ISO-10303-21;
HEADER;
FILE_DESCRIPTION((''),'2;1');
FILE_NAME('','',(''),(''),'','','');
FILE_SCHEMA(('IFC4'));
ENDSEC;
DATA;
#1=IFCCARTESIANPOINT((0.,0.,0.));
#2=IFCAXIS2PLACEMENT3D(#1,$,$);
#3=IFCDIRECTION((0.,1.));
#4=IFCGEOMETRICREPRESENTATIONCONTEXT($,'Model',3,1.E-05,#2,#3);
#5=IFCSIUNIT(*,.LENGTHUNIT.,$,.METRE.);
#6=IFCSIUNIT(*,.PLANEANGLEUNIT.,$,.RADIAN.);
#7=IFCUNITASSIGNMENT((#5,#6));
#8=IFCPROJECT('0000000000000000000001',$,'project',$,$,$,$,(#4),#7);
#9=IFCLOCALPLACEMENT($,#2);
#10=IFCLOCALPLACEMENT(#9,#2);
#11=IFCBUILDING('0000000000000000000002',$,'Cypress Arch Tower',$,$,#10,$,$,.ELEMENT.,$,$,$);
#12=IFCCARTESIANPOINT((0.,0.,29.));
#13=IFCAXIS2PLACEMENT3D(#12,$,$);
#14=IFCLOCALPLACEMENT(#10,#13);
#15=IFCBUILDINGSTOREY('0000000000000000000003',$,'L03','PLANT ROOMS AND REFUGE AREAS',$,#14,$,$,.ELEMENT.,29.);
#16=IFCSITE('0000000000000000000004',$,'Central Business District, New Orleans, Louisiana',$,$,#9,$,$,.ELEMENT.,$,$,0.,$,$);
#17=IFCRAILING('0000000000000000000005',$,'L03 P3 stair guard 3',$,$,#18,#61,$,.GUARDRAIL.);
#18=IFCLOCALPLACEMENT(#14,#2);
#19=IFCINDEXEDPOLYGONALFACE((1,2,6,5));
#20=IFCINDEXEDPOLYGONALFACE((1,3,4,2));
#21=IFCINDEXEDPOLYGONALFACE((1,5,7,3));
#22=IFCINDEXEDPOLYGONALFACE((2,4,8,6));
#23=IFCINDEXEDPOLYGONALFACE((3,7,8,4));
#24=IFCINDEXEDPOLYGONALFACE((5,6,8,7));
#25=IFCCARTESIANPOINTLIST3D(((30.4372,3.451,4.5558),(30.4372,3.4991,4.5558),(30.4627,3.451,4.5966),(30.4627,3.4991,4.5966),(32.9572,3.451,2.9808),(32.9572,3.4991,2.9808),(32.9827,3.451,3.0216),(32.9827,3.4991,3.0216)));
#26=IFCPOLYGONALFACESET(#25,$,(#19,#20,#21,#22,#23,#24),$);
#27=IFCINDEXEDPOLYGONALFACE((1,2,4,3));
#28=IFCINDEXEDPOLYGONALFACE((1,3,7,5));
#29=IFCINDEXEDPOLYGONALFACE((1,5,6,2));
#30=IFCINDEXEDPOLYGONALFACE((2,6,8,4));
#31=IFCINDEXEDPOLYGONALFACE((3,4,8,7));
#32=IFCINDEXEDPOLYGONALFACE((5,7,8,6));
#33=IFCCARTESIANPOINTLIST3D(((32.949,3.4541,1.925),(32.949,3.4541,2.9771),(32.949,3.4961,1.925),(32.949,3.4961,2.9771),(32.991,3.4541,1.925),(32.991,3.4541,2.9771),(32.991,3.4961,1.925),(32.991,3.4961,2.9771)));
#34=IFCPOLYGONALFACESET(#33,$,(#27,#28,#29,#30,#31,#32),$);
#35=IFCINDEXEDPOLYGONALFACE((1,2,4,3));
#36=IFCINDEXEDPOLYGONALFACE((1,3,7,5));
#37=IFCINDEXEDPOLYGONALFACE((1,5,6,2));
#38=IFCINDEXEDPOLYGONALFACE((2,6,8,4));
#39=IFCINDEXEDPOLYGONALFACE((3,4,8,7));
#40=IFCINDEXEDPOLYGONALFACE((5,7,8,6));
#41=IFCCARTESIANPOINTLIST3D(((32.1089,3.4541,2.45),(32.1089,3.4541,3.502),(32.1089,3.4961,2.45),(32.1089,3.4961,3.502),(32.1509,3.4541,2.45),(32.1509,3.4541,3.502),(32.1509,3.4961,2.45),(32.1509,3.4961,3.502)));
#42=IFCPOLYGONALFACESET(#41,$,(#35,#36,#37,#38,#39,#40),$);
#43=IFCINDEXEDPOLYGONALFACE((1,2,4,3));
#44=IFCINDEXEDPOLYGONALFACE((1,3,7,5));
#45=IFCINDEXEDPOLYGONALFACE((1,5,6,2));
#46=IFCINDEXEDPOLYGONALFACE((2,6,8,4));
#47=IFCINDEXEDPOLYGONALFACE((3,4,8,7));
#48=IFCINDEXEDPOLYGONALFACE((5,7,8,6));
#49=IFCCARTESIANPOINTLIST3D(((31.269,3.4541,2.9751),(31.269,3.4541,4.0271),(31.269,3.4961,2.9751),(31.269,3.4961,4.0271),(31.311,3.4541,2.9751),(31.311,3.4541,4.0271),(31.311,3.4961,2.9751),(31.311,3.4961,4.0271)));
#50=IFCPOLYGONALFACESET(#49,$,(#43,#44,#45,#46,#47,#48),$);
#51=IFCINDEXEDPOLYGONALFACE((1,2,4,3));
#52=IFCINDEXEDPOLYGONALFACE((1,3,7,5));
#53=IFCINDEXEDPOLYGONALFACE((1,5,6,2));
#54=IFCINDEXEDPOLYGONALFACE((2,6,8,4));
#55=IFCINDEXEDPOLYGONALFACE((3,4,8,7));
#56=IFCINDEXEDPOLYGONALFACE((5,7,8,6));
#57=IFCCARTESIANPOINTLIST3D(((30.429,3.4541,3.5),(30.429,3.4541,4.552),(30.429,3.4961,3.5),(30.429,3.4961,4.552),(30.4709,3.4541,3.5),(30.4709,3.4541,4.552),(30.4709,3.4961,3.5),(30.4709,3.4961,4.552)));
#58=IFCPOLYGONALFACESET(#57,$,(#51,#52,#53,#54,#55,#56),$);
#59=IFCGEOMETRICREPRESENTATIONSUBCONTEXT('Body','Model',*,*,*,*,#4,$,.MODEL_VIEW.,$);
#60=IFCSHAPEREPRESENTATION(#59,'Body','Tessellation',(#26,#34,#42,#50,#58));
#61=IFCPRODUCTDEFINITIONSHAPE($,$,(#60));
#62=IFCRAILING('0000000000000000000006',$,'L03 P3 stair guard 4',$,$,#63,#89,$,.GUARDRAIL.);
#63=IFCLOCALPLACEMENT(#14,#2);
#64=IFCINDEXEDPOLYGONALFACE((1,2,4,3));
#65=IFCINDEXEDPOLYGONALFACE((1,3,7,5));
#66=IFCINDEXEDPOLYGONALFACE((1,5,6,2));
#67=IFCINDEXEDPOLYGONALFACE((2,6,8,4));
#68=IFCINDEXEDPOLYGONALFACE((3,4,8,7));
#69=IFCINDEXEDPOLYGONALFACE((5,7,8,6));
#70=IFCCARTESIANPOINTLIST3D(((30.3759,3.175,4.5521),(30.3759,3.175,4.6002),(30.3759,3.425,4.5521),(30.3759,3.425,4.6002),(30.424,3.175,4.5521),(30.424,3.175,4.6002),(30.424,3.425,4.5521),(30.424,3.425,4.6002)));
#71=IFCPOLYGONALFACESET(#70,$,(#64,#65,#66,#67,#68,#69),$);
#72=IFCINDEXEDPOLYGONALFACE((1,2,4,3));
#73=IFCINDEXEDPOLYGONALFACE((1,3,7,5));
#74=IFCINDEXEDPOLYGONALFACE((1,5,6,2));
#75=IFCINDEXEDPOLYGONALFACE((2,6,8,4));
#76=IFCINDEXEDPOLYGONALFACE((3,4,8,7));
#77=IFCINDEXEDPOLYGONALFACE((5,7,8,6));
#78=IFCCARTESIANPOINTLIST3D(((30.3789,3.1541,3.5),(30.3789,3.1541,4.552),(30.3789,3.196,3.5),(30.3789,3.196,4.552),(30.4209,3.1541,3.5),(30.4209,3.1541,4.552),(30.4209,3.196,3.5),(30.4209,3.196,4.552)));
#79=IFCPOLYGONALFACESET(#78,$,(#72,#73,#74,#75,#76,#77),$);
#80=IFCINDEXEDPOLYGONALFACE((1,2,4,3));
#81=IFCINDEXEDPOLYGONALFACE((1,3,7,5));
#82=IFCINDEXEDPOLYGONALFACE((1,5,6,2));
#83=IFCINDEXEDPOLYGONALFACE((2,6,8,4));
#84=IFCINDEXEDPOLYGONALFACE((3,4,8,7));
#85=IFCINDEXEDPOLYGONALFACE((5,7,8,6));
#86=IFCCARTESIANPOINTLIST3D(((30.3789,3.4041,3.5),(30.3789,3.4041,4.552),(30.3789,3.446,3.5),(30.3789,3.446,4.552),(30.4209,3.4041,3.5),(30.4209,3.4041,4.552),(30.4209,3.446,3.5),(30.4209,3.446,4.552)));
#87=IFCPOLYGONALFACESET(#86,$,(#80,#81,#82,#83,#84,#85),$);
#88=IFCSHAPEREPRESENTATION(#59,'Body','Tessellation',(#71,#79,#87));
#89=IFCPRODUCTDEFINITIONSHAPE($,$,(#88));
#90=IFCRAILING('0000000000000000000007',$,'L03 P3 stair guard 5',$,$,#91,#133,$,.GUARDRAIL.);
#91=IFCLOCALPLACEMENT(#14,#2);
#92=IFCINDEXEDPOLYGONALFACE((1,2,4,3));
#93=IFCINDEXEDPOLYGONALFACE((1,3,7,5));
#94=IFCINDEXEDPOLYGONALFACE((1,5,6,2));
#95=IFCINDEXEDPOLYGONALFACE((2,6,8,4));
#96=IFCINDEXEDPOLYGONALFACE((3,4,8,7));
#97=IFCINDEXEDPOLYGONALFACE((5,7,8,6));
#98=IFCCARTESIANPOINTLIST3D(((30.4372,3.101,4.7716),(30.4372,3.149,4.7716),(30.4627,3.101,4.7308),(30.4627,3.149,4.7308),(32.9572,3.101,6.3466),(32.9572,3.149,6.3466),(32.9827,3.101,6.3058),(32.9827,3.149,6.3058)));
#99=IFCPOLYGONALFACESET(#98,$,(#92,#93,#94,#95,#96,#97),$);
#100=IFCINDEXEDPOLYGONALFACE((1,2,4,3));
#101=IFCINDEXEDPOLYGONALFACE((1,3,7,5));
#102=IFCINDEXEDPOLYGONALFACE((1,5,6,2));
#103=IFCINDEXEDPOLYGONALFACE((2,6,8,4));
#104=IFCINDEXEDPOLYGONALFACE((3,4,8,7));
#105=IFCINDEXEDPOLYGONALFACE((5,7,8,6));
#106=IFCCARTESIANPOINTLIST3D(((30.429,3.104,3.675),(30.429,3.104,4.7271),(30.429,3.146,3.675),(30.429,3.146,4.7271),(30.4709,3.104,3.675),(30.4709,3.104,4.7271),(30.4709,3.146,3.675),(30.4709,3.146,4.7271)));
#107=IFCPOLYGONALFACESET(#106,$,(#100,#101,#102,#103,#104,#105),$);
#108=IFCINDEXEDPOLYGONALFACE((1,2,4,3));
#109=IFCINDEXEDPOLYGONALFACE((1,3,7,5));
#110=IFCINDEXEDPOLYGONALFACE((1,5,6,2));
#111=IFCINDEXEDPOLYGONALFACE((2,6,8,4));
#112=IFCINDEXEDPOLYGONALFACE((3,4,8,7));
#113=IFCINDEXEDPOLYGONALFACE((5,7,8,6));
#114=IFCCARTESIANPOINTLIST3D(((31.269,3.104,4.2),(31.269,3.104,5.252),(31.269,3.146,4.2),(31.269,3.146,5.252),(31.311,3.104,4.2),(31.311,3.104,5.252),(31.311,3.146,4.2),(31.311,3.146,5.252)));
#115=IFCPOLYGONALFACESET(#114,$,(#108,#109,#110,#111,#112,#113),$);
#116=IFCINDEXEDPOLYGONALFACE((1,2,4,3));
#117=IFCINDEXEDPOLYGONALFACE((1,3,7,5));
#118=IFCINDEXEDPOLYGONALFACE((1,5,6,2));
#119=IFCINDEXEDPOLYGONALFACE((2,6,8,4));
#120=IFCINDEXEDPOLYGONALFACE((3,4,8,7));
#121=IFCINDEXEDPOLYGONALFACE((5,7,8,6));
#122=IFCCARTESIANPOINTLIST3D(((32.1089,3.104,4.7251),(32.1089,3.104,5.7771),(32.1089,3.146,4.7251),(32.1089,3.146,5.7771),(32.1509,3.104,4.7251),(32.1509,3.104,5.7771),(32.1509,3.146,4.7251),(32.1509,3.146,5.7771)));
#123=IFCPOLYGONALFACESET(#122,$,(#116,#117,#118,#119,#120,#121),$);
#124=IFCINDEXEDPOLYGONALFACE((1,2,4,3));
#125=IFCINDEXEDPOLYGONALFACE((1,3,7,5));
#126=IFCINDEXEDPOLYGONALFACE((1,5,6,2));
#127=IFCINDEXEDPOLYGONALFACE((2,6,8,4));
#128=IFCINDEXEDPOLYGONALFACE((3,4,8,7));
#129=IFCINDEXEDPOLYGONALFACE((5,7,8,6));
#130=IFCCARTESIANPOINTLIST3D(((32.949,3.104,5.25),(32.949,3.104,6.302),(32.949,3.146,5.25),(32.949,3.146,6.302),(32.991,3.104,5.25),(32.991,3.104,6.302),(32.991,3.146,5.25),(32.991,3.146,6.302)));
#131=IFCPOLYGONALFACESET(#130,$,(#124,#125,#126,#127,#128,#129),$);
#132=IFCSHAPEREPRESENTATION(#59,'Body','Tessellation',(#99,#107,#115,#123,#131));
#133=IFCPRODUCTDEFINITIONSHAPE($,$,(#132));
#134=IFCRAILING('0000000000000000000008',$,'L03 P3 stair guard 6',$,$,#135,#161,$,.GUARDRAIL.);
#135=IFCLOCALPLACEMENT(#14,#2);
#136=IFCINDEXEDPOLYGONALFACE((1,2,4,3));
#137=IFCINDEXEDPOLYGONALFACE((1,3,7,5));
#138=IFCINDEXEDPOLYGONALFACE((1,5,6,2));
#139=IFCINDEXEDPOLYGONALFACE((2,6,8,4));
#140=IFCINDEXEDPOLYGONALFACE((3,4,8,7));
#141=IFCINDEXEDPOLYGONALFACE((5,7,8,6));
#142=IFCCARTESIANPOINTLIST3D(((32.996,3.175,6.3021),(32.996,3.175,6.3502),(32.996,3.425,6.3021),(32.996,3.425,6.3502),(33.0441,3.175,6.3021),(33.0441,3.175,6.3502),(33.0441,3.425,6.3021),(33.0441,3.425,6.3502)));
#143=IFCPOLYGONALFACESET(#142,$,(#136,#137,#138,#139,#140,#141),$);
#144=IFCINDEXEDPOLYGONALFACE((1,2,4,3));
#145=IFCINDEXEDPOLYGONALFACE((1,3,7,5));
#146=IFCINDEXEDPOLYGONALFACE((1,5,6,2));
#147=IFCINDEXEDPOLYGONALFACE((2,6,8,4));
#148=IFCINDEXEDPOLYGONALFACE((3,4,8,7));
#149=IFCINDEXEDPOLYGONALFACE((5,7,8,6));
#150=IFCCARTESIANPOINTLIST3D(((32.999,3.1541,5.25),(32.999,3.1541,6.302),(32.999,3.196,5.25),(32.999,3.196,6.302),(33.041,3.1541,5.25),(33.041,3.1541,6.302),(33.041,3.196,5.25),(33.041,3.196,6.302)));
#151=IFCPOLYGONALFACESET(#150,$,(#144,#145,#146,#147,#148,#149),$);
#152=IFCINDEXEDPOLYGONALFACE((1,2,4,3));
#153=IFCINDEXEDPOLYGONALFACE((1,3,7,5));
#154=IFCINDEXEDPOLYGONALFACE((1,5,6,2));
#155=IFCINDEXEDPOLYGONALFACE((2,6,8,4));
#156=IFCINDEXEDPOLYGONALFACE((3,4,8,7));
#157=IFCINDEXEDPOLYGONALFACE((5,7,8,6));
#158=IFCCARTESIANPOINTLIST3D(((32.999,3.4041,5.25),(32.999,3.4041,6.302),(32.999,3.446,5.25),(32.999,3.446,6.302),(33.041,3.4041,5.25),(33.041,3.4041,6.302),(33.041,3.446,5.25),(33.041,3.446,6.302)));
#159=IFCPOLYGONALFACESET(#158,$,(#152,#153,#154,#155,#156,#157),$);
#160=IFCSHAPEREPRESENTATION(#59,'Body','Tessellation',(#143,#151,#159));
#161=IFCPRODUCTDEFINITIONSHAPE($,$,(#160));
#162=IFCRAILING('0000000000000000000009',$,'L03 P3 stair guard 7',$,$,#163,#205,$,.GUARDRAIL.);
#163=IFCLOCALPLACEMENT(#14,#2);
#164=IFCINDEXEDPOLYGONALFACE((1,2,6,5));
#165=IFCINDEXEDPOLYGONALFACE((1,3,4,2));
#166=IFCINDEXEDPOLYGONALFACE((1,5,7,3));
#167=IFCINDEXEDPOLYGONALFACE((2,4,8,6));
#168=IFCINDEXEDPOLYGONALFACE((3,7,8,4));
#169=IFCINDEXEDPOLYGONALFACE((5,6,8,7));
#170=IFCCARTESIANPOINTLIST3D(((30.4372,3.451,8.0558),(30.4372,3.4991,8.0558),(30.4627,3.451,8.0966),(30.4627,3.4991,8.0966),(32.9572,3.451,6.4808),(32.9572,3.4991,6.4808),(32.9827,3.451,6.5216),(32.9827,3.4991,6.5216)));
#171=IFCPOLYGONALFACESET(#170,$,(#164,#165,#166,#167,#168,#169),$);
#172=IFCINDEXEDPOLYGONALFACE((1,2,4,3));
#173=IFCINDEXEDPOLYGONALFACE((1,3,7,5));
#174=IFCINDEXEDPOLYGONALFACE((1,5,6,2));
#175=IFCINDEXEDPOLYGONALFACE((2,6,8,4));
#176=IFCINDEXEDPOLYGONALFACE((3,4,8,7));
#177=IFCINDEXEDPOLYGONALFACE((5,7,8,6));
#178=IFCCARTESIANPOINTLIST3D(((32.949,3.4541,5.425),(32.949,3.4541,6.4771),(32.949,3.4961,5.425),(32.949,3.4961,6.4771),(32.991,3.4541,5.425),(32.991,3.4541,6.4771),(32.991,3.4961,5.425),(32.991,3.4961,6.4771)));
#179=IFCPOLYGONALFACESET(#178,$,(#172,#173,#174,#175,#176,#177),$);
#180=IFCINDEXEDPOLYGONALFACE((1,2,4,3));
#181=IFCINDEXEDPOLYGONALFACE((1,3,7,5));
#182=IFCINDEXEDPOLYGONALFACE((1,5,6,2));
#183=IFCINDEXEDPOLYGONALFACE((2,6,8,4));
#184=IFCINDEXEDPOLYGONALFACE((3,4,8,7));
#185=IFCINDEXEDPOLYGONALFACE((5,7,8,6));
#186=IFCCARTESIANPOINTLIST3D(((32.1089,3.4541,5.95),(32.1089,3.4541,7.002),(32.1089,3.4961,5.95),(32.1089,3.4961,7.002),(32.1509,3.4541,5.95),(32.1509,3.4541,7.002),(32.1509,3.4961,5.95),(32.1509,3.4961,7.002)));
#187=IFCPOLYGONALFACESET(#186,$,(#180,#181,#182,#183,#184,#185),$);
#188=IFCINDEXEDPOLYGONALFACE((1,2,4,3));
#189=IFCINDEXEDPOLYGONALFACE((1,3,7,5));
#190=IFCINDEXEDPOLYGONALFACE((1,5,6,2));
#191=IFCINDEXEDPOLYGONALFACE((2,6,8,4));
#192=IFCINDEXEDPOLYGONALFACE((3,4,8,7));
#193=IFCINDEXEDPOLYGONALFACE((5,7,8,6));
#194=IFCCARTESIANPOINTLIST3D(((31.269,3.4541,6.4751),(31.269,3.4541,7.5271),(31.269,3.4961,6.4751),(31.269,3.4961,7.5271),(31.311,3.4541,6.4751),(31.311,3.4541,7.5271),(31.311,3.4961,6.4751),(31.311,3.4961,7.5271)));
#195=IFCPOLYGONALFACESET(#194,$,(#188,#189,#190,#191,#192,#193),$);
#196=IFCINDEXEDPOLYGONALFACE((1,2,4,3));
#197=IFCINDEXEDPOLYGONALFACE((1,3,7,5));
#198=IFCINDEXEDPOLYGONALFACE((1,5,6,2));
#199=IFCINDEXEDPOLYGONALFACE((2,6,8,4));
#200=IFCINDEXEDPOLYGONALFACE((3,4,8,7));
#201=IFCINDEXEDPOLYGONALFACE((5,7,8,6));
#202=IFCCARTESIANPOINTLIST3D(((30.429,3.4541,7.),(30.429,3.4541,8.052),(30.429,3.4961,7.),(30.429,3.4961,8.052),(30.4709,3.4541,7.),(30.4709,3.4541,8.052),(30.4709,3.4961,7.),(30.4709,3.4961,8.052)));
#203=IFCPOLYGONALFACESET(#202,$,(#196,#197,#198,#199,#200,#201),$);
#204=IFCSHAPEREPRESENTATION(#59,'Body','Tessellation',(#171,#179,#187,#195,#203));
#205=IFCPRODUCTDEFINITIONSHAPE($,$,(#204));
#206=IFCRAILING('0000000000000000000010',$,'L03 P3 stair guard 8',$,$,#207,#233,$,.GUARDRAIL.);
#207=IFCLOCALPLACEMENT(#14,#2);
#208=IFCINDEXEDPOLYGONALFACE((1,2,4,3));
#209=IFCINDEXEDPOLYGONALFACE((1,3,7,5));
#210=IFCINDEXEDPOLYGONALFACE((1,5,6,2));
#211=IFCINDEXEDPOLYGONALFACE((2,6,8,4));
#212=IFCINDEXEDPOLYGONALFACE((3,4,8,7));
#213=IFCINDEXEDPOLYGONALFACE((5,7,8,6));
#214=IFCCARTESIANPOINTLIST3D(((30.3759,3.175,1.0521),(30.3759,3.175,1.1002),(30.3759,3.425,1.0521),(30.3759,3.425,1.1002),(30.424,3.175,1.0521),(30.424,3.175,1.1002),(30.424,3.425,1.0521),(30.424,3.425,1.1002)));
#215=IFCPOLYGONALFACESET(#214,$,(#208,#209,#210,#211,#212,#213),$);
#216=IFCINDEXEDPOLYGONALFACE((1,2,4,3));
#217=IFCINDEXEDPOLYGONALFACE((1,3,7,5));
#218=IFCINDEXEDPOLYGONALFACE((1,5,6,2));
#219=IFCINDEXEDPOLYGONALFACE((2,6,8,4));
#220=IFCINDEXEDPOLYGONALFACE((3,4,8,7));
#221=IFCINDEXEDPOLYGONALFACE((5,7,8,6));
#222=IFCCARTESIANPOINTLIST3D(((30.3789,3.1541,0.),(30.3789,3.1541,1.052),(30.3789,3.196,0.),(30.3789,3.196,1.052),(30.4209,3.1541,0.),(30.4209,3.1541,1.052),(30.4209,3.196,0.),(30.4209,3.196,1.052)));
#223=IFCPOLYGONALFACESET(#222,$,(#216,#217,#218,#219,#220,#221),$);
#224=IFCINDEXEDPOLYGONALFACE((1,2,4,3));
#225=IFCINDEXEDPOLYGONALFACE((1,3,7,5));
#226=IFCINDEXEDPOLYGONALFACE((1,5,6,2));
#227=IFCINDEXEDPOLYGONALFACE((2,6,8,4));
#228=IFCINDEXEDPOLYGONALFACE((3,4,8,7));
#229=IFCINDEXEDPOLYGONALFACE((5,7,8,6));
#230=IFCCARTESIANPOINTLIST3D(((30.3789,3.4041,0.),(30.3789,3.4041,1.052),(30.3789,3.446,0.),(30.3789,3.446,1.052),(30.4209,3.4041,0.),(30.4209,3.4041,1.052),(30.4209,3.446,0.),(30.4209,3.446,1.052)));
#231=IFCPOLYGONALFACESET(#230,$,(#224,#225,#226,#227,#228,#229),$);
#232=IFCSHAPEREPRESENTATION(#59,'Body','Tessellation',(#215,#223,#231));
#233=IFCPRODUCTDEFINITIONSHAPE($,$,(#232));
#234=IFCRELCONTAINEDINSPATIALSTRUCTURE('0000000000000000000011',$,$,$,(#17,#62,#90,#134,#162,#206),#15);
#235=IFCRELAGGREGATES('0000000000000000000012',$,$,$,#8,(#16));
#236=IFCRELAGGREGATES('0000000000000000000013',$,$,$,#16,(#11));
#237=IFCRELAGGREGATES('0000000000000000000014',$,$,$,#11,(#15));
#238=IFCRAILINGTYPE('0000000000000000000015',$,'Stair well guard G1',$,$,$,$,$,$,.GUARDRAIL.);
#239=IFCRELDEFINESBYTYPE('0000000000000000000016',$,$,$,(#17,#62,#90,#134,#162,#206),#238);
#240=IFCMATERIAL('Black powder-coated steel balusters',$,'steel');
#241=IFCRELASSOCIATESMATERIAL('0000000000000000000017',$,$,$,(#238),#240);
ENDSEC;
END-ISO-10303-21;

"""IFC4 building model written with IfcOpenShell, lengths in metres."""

from ifc_helpers import new_model, si_unit, direction, frame, origin, origin_2d, place, context, subcontext, project, spatial, rectangle, extrude, material, type_object, element, save


model = new_model("IFC4")

# Units and contexts
model_context = context("Model", 3, precision=1e-05, world=origin(), true_north=direction((0.0, 1.0)))
body_context = subcontext(model_context, "Body", "Model", "MODEL_VIEW")
ifc_project = project(units=[si_unit("LENGTHUNIT", "METRE"), si_unit("PLANEANGLEUNIT", "RADIAN")], contexts=[model_context])

# Site, building, storey
site_placement = place(None, origin())
site = spatial("IfcSite", under=ifc_project, at=site_placement, Name="Central Business District, New Orleans, Louisiana", CompositionType="ELEMENT", RefElevation=0.0)
building_placement = place(site_placement, origin())
building = spatial("IfcBuilding", under=site, at=building_placement, Name="Cypress Arch Tower", CompositionType="ELEMENT")
storey_placement = place(building_placement, frame((0.0, 0.0, 29.0)))
storey = spatial("IfcBuildingStorey", under=building, at=storey_placement, Name="L03", Description="PLANT ROOMS AND REFUGE AREAS", CompositionType="ELEMENT", Elevation=29.0)

# Railings
ifc_material_1 = material(Name="Black powder-coated steel balusters", Category="steel")
railing_type_1 = type_object("IfcRailingType", Name="Stair well guard G1", PredefinedType="GUARDRAIL", material=ifc_material_1)
railing_1_placement = place(storey_placement, frame((32.97, 3.4751, 1.925)))
element("IfcRailing", 1, at=railing_1_placement, inside=storey, type_object=railing_type_1, Name="L03 P3 stair guard 3", PredefinedType="GUARDRAIL", context=body_context, shape_type="SweptSolid", body=[
    extrude(rectangle(XDim=0.0481, YDim=0.0481, at=origin_2d()), frame((0.0, 0.0, 1.0762), z_axis=(-0.848008, 0.0, 0.529984), x_axis=(0.0, -1.0, 0.0)), (0.0, 0.0, 1.0), 2.9717),
    extrude(rectangle(XDim=0.042, YDim=0.042, at=origin_2d()), origin(), (0.0, 0.0, 1.0), 1.052),
    extrude(rectangle(XDim=0.042, YDim=0.042, at=origin_2d()), frame((-0.8401, 0.0, 0.5249)), (0.0, 0.0, 1.0), 1.052),
    extrude(rectangle(XDim=0.042, YDim=0.042, at=origin_2d()), frame((-1.6799, 0.0, 1.05)), (0.0, 0.0, 1.0), 1.052),
    extrude(rectangle(XDim=0.042, YDim=0.042, at=origin_2d()), frame((-2.52, 0.0, 1.575)), (0.0, 0.0, 1.0), 1.052),
])
railing_2_placement = place(storey_placement, frame((30.3999, 3.175, 3.5)))
element("IfcRailing", 2, at=railing_2_placement, inside=storey, type_object=railing_type_1, Name="L03 P3 stair guard 4", PredefinedType="GUARDRAIL", context=body_context, shape_type="SweptSolid", body=[
    extrude(rectangle(XDim=0.0481, YDim=0.0481, at=origin_2d()), frame((0.0, 0.0, 1.0762), z_axis=(0.0, 1.0, 0.0), x_axis=(-1.0, 0.0, 0.0)), (0.0, 0.0, 1.0), 0.25),
    extrude(rectangle(XDim=0.042, YDim=0.042, at=origin_2d()), origin(), (0.0, 0.0, 1.0), 1.052),
    extrude(rectangle(XDim=0.042, YDim=0.042, at=origin_2d()), frame((0.0, 0.25, 0.0)), (0.0, 0.0, 1.0), 1.052),
])
railing_3_placement = place(storey_placement, frame((30.45, 3.125, 3.675)))
element("IfcRailing", 3, at=railing_3_placement, inside=storey, type_object=railing_type_1, Name="L03 P3 stair guard 5", PredefinedType="GUARDRAIL", context=body_context, shape_type="SweptSolid", body=[
    extrude(rectangle(XDim=0.0481, YDim=0.0481, at=origin_2d()), frame((0.0, 0.0, 1.0762), z_axis=(0.848008, 0.0, 0.529984), x_axis=(0.0, 1.0, 0.0)), (0.0, 0.0, 1.0), 2.9717),
    extrude(rectangle(XDim=0.042, YDim=0.042, at=origin_2d()), origin(), (0.0, 0.0, 1.0), 1.052),
    extrude(rectangle(XDim=0.042, YDim=0.042, at=origin_2d()), frame((0.8401, 0.0, 0.5249)), (0.0, 0.0, 1.0), 1.052),
    extrude(rectangle(XDim=0.042, YDim=0.042, at=origin_2d()), frame((1.6799, 0.0, 1.05)), (0.0, 0.0, 1.0), 1.052),
    extrude(rectangle(XDim=0.042, YDim=0.042, at=origin_2d()), frame((2.52, 0.0, 1.575)), (0.0, 0.0, 1.0), 1.052),
])
railing_4_placement = place(storey_placement, frame((33.02, 3.175, 5.25)))
element("IfcRailing", 4, at=railing_4_placement, inside=storey, type_object=railing_type_1, Name="L03 P3 stair guard 6", PredefinedType="GUARDRAIL", context=body_context, shape_type="SweptSolid", body=[
    extrude(rectangle(XDim=0.0481, YDim=0.0481, at=origin_2d()), frame((0.0, 0.0, 1.0762), z_axis=(0.0, 1.0, 0.0), x_axis=(-1.0, 0.0, 0.0)), (0.0, 0.0, 1.0), 0.25),
    extrude(rectangle(XDim=0.042, YDim=0.042, at=origin_2d()), origin(), (0.0, 0.0, 1.0), 1.052),
    extrude(rectangle(XDim=0.042, YDim=0.042, at=origin_2d()), frame((0.0, 0.25, 0.0)), (0.0, 0.0, 1.0), 1.052),
])
railing_5_placement = place(storey_placement, frame((32.97, 3.4751, 5.425)))
element("IfcRailing", 5, at=railing_5_placement, inside=storey, type_object=railing_type_1, Name="L03 P3 stair guard 7", PredefinedType="GUARDRAIL", context=body_context, shape_type="SweptSolid", body=[
    extrude(rectangle(XDim=0.0481, YDim=0.0481, at=origin_2d()), frame((0.0, 0.0, 1.0762), z_axis=(-0.848008, 0.0, 0.529984), x_axis=(0.0, -1.0, 0.0)), (0.0, 0.0, 1.0), 2.9717),
    extrude(rectangle(XDim=0.042, YDim=0.042, at=origin_2d()), origin(), (0.0, 0.0, 1.0), 1.052),
    extrude(rectangle(XDim=0.042, YDim=0.042, at=origin_2d()), frame((-0.8401, 0.0, 0.5249)), (0.0, 0.0, 1.0), 1.052),
    extrude(rectangle(XDim=0.042, YDim=0.042, at=origin_2d()), frame((-1.6799, 0.0, 1.05)), (0.0, 0.0, 1.0), 1.052),
    extrude(rectangle(XDim=0.042, YDim=0.042, at=origin_2d()), frame((-2.52, 0.0, 1.575)), (0.0, 0.0, 1.0), 1.052),
])
railing_6_placement = place(storey_placement, frame((30.3999, 3.175, 0.0)))
element("IfcRailing", 6, at=railing_6_placement, inside=storey, type_object=railing_type_1, Name="L03 P3 stair guard 8", PredefinedType="GUARDRAIL", context=body_context, shape_type="SweptSolid", body=[
    extrude(rectangle(XDim=0.0481, YDim=0.0481, at=origin_2d()), frame((0.0, 0.0, 1.0762), z_axis=(0.0, 1.0, 0.0), x_axis=(-1.0, 0.0, 0.0)), (0.0, 0.0, 1.0), 0.25),
    extrude(rectangle(XDim=0.042, YDim=0.042, at=origin_2d()), origin(), (0.0, 0.0, 1.0), 1.052),
    extrude(rectangle(XDim=0.042, YDim=0.042, at=origin_2d()), frame((0.0, 0.25, 0.0)), (0.0, 0.0, 1.0), 1.052),
])

save(model, "model.ifc")
